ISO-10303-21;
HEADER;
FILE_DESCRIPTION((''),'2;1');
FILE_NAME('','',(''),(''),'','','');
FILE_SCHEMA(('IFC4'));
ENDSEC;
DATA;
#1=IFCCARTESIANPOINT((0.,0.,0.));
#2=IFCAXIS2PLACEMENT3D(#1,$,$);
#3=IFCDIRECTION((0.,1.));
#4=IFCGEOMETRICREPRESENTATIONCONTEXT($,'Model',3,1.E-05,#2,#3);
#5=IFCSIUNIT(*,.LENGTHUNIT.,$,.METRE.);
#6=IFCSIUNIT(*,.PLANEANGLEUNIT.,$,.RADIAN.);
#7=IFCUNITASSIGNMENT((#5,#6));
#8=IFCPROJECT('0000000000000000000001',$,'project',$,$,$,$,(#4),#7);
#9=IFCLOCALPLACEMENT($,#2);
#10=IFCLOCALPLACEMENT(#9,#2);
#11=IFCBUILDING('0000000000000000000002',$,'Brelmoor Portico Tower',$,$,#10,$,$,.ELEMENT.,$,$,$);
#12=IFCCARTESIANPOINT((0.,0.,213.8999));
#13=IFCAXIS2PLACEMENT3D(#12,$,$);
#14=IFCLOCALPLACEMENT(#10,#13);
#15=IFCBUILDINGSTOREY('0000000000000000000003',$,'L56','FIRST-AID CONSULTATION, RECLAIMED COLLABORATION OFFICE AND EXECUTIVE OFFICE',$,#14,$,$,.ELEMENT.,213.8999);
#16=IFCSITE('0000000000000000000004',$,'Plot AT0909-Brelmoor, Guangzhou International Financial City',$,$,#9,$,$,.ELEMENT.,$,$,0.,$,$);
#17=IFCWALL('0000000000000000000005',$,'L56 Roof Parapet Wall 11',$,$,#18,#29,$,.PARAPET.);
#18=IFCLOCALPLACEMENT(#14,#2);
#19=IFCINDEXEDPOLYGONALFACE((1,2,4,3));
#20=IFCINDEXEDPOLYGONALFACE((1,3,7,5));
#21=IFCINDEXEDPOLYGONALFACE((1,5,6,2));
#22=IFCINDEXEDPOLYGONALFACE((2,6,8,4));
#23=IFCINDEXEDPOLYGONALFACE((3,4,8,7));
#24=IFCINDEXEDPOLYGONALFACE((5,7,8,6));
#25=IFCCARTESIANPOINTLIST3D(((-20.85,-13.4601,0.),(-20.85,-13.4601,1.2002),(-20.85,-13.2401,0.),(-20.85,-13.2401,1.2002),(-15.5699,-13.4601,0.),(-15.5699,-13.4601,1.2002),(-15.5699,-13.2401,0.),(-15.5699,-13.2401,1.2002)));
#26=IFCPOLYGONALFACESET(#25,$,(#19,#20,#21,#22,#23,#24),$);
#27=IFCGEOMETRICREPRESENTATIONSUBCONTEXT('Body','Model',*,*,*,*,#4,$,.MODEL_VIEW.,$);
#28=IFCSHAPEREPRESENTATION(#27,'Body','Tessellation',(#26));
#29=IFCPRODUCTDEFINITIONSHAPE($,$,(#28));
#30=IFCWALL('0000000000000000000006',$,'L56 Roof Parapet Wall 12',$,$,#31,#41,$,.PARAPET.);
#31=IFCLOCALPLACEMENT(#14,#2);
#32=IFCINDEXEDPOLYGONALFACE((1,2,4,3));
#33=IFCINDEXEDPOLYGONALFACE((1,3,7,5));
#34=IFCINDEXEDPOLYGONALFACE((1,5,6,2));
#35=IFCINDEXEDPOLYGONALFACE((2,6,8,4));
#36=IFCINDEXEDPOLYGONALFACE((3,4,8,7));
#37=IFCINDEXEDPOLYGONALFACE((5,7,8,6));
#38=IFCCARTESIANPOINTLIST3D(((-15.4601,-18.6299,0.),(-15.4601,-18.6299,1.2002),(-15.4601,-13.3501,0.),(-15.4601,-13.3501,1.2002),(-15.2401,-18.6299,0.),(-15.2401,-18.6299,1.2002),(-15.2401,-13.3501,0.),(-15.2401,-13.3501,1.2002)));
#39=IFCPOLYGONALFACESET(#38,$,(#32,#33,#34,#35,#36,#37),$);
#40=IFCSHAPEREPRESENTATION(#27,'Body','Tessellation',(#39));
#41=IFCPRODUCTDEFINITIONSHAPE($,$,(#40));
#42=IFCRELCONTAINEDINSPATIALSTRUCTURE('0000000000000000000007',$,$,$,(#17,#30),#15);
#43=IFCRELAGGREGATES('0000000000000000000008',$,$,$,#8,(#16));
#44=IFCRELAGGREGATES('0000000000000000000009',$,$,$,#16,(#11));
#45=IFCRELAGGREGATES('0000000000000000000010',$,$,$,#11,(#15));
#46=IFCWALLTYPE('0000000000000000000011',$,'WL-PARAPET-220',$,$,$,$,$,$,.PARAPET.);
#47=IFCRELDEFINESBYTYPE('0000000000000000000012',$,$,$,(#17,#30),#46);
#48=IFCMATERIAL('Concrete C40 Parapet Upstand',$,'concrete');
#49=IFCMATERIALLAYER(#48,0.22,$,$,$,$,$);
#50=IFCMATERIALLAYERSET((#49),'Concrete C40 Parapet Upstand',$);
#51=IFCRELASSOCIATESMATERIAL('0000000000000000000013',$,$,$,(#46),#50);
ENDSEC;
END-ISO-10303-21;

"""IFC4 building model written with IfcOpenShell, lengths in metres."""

from ifc_helpers import new_model, si_unit, direction, frame, frame_2d, origin, place, context, subcontext, project, spatial, rectangle, extrude, material, layer, layer_set, type_object, element, save


model = new_model("IFC4")

# Units and contexts
model_context = context("Model", 3, precision=1e-05, world=origin(), true_north=direction((0.0, 1.0)))
body_context = subcontext(model_context, "Body", "Model", "MODEL_VIEW")
ifc_project = project(units=[si_unit("LENGTHUNIT", "METRE"), si_unit("PLANEANGLEUNIT", "RADIAN")], contexts=[model_context])

# Site, building, storey
site_placement = place(None, origin())
site = spatial("IfcSite", under=ifc_project, at=site_placement, Name="Plot AT0909-Brelmoor, Guangzhou International Financial City", CompositionType="ELEMENT", RefElevation=0.0)
building_placement = place(site_placement, origin())
building = spatial("IfcBuilding", under=site, at=building_placement, Name="Brelmoor Portico Tower", CompositionType="ELEMENT")
storey_placement = place(building_placement, frame((0.0, 0.0, 213.8999)))
storey = spatial("IfcBuildingStorey", under=building, at=storey_placement, Name="L56", Description="FIRST-AID CONSULTATION, RECLAIMED COLLABORATION OFFICE AND EXECUTIVE OFFICE", CompositionType="ELEMENT", Elevation=213.8999)

# Walls
ifc_material_1 = material(Name="Concrete C40 Parapet Upstand", Category="concrete")
ifc_layer_1 = layer(ifc_material_1, 0.22)
ifc_layer_set_1 = layer_set([ifc_layer_1], Name="Concrete C40 Parapet Upstand")
wall_type_1 = type_object("IfcWallType", Name="WL-PARAPET-220", PredefinedType="PARAPET", material=ifc_layer_set_1)
wall_1_placement = place(storey_placement, frame((-20.8501, -13.3501, 0.0), z_axis=(0.0, 0.0, 1.0), x_axis=(1.0, 0.0, 0.0)))
element("IfcWall", 1, at=wall_1_placement, inside=storey, type_object=wall_type_1, Name="L56 Roof Parapet Wall 11", PredefinedType="PARAPET", context=body_context, shape_type="SweptSolid", body=[
    extrude(rectangle(XDim=5.28, YDim=0.22, at=frame_2d((2.6401, 0.0))), origin(), (0.0, 0.0, 1.0), 1.2002),
])
wall_2_placement = place(storey_placement, frame((-15.3501, -13.3501, 0.0), z_axis=(0.0, 0.0, 1.0), x_axis=(0.0, -1.0, 0.0)))
element("IfcWall", 2, at=wall_2_placement, inside=storey, type_object=wall_type_1, Name="L56 Roof Parapet Wall 12", PredefinedType="PARAPET", context=body_context, shape_type="SweptSolid", body=[
    extrude(rectangle(XDim=5.2798, YDim=0.22, at=frame_2d((2.6399, 0.0))), origin(), (0.0, 0.0, 1.0), 1.2002),
])

save(model, "model.ifc")
